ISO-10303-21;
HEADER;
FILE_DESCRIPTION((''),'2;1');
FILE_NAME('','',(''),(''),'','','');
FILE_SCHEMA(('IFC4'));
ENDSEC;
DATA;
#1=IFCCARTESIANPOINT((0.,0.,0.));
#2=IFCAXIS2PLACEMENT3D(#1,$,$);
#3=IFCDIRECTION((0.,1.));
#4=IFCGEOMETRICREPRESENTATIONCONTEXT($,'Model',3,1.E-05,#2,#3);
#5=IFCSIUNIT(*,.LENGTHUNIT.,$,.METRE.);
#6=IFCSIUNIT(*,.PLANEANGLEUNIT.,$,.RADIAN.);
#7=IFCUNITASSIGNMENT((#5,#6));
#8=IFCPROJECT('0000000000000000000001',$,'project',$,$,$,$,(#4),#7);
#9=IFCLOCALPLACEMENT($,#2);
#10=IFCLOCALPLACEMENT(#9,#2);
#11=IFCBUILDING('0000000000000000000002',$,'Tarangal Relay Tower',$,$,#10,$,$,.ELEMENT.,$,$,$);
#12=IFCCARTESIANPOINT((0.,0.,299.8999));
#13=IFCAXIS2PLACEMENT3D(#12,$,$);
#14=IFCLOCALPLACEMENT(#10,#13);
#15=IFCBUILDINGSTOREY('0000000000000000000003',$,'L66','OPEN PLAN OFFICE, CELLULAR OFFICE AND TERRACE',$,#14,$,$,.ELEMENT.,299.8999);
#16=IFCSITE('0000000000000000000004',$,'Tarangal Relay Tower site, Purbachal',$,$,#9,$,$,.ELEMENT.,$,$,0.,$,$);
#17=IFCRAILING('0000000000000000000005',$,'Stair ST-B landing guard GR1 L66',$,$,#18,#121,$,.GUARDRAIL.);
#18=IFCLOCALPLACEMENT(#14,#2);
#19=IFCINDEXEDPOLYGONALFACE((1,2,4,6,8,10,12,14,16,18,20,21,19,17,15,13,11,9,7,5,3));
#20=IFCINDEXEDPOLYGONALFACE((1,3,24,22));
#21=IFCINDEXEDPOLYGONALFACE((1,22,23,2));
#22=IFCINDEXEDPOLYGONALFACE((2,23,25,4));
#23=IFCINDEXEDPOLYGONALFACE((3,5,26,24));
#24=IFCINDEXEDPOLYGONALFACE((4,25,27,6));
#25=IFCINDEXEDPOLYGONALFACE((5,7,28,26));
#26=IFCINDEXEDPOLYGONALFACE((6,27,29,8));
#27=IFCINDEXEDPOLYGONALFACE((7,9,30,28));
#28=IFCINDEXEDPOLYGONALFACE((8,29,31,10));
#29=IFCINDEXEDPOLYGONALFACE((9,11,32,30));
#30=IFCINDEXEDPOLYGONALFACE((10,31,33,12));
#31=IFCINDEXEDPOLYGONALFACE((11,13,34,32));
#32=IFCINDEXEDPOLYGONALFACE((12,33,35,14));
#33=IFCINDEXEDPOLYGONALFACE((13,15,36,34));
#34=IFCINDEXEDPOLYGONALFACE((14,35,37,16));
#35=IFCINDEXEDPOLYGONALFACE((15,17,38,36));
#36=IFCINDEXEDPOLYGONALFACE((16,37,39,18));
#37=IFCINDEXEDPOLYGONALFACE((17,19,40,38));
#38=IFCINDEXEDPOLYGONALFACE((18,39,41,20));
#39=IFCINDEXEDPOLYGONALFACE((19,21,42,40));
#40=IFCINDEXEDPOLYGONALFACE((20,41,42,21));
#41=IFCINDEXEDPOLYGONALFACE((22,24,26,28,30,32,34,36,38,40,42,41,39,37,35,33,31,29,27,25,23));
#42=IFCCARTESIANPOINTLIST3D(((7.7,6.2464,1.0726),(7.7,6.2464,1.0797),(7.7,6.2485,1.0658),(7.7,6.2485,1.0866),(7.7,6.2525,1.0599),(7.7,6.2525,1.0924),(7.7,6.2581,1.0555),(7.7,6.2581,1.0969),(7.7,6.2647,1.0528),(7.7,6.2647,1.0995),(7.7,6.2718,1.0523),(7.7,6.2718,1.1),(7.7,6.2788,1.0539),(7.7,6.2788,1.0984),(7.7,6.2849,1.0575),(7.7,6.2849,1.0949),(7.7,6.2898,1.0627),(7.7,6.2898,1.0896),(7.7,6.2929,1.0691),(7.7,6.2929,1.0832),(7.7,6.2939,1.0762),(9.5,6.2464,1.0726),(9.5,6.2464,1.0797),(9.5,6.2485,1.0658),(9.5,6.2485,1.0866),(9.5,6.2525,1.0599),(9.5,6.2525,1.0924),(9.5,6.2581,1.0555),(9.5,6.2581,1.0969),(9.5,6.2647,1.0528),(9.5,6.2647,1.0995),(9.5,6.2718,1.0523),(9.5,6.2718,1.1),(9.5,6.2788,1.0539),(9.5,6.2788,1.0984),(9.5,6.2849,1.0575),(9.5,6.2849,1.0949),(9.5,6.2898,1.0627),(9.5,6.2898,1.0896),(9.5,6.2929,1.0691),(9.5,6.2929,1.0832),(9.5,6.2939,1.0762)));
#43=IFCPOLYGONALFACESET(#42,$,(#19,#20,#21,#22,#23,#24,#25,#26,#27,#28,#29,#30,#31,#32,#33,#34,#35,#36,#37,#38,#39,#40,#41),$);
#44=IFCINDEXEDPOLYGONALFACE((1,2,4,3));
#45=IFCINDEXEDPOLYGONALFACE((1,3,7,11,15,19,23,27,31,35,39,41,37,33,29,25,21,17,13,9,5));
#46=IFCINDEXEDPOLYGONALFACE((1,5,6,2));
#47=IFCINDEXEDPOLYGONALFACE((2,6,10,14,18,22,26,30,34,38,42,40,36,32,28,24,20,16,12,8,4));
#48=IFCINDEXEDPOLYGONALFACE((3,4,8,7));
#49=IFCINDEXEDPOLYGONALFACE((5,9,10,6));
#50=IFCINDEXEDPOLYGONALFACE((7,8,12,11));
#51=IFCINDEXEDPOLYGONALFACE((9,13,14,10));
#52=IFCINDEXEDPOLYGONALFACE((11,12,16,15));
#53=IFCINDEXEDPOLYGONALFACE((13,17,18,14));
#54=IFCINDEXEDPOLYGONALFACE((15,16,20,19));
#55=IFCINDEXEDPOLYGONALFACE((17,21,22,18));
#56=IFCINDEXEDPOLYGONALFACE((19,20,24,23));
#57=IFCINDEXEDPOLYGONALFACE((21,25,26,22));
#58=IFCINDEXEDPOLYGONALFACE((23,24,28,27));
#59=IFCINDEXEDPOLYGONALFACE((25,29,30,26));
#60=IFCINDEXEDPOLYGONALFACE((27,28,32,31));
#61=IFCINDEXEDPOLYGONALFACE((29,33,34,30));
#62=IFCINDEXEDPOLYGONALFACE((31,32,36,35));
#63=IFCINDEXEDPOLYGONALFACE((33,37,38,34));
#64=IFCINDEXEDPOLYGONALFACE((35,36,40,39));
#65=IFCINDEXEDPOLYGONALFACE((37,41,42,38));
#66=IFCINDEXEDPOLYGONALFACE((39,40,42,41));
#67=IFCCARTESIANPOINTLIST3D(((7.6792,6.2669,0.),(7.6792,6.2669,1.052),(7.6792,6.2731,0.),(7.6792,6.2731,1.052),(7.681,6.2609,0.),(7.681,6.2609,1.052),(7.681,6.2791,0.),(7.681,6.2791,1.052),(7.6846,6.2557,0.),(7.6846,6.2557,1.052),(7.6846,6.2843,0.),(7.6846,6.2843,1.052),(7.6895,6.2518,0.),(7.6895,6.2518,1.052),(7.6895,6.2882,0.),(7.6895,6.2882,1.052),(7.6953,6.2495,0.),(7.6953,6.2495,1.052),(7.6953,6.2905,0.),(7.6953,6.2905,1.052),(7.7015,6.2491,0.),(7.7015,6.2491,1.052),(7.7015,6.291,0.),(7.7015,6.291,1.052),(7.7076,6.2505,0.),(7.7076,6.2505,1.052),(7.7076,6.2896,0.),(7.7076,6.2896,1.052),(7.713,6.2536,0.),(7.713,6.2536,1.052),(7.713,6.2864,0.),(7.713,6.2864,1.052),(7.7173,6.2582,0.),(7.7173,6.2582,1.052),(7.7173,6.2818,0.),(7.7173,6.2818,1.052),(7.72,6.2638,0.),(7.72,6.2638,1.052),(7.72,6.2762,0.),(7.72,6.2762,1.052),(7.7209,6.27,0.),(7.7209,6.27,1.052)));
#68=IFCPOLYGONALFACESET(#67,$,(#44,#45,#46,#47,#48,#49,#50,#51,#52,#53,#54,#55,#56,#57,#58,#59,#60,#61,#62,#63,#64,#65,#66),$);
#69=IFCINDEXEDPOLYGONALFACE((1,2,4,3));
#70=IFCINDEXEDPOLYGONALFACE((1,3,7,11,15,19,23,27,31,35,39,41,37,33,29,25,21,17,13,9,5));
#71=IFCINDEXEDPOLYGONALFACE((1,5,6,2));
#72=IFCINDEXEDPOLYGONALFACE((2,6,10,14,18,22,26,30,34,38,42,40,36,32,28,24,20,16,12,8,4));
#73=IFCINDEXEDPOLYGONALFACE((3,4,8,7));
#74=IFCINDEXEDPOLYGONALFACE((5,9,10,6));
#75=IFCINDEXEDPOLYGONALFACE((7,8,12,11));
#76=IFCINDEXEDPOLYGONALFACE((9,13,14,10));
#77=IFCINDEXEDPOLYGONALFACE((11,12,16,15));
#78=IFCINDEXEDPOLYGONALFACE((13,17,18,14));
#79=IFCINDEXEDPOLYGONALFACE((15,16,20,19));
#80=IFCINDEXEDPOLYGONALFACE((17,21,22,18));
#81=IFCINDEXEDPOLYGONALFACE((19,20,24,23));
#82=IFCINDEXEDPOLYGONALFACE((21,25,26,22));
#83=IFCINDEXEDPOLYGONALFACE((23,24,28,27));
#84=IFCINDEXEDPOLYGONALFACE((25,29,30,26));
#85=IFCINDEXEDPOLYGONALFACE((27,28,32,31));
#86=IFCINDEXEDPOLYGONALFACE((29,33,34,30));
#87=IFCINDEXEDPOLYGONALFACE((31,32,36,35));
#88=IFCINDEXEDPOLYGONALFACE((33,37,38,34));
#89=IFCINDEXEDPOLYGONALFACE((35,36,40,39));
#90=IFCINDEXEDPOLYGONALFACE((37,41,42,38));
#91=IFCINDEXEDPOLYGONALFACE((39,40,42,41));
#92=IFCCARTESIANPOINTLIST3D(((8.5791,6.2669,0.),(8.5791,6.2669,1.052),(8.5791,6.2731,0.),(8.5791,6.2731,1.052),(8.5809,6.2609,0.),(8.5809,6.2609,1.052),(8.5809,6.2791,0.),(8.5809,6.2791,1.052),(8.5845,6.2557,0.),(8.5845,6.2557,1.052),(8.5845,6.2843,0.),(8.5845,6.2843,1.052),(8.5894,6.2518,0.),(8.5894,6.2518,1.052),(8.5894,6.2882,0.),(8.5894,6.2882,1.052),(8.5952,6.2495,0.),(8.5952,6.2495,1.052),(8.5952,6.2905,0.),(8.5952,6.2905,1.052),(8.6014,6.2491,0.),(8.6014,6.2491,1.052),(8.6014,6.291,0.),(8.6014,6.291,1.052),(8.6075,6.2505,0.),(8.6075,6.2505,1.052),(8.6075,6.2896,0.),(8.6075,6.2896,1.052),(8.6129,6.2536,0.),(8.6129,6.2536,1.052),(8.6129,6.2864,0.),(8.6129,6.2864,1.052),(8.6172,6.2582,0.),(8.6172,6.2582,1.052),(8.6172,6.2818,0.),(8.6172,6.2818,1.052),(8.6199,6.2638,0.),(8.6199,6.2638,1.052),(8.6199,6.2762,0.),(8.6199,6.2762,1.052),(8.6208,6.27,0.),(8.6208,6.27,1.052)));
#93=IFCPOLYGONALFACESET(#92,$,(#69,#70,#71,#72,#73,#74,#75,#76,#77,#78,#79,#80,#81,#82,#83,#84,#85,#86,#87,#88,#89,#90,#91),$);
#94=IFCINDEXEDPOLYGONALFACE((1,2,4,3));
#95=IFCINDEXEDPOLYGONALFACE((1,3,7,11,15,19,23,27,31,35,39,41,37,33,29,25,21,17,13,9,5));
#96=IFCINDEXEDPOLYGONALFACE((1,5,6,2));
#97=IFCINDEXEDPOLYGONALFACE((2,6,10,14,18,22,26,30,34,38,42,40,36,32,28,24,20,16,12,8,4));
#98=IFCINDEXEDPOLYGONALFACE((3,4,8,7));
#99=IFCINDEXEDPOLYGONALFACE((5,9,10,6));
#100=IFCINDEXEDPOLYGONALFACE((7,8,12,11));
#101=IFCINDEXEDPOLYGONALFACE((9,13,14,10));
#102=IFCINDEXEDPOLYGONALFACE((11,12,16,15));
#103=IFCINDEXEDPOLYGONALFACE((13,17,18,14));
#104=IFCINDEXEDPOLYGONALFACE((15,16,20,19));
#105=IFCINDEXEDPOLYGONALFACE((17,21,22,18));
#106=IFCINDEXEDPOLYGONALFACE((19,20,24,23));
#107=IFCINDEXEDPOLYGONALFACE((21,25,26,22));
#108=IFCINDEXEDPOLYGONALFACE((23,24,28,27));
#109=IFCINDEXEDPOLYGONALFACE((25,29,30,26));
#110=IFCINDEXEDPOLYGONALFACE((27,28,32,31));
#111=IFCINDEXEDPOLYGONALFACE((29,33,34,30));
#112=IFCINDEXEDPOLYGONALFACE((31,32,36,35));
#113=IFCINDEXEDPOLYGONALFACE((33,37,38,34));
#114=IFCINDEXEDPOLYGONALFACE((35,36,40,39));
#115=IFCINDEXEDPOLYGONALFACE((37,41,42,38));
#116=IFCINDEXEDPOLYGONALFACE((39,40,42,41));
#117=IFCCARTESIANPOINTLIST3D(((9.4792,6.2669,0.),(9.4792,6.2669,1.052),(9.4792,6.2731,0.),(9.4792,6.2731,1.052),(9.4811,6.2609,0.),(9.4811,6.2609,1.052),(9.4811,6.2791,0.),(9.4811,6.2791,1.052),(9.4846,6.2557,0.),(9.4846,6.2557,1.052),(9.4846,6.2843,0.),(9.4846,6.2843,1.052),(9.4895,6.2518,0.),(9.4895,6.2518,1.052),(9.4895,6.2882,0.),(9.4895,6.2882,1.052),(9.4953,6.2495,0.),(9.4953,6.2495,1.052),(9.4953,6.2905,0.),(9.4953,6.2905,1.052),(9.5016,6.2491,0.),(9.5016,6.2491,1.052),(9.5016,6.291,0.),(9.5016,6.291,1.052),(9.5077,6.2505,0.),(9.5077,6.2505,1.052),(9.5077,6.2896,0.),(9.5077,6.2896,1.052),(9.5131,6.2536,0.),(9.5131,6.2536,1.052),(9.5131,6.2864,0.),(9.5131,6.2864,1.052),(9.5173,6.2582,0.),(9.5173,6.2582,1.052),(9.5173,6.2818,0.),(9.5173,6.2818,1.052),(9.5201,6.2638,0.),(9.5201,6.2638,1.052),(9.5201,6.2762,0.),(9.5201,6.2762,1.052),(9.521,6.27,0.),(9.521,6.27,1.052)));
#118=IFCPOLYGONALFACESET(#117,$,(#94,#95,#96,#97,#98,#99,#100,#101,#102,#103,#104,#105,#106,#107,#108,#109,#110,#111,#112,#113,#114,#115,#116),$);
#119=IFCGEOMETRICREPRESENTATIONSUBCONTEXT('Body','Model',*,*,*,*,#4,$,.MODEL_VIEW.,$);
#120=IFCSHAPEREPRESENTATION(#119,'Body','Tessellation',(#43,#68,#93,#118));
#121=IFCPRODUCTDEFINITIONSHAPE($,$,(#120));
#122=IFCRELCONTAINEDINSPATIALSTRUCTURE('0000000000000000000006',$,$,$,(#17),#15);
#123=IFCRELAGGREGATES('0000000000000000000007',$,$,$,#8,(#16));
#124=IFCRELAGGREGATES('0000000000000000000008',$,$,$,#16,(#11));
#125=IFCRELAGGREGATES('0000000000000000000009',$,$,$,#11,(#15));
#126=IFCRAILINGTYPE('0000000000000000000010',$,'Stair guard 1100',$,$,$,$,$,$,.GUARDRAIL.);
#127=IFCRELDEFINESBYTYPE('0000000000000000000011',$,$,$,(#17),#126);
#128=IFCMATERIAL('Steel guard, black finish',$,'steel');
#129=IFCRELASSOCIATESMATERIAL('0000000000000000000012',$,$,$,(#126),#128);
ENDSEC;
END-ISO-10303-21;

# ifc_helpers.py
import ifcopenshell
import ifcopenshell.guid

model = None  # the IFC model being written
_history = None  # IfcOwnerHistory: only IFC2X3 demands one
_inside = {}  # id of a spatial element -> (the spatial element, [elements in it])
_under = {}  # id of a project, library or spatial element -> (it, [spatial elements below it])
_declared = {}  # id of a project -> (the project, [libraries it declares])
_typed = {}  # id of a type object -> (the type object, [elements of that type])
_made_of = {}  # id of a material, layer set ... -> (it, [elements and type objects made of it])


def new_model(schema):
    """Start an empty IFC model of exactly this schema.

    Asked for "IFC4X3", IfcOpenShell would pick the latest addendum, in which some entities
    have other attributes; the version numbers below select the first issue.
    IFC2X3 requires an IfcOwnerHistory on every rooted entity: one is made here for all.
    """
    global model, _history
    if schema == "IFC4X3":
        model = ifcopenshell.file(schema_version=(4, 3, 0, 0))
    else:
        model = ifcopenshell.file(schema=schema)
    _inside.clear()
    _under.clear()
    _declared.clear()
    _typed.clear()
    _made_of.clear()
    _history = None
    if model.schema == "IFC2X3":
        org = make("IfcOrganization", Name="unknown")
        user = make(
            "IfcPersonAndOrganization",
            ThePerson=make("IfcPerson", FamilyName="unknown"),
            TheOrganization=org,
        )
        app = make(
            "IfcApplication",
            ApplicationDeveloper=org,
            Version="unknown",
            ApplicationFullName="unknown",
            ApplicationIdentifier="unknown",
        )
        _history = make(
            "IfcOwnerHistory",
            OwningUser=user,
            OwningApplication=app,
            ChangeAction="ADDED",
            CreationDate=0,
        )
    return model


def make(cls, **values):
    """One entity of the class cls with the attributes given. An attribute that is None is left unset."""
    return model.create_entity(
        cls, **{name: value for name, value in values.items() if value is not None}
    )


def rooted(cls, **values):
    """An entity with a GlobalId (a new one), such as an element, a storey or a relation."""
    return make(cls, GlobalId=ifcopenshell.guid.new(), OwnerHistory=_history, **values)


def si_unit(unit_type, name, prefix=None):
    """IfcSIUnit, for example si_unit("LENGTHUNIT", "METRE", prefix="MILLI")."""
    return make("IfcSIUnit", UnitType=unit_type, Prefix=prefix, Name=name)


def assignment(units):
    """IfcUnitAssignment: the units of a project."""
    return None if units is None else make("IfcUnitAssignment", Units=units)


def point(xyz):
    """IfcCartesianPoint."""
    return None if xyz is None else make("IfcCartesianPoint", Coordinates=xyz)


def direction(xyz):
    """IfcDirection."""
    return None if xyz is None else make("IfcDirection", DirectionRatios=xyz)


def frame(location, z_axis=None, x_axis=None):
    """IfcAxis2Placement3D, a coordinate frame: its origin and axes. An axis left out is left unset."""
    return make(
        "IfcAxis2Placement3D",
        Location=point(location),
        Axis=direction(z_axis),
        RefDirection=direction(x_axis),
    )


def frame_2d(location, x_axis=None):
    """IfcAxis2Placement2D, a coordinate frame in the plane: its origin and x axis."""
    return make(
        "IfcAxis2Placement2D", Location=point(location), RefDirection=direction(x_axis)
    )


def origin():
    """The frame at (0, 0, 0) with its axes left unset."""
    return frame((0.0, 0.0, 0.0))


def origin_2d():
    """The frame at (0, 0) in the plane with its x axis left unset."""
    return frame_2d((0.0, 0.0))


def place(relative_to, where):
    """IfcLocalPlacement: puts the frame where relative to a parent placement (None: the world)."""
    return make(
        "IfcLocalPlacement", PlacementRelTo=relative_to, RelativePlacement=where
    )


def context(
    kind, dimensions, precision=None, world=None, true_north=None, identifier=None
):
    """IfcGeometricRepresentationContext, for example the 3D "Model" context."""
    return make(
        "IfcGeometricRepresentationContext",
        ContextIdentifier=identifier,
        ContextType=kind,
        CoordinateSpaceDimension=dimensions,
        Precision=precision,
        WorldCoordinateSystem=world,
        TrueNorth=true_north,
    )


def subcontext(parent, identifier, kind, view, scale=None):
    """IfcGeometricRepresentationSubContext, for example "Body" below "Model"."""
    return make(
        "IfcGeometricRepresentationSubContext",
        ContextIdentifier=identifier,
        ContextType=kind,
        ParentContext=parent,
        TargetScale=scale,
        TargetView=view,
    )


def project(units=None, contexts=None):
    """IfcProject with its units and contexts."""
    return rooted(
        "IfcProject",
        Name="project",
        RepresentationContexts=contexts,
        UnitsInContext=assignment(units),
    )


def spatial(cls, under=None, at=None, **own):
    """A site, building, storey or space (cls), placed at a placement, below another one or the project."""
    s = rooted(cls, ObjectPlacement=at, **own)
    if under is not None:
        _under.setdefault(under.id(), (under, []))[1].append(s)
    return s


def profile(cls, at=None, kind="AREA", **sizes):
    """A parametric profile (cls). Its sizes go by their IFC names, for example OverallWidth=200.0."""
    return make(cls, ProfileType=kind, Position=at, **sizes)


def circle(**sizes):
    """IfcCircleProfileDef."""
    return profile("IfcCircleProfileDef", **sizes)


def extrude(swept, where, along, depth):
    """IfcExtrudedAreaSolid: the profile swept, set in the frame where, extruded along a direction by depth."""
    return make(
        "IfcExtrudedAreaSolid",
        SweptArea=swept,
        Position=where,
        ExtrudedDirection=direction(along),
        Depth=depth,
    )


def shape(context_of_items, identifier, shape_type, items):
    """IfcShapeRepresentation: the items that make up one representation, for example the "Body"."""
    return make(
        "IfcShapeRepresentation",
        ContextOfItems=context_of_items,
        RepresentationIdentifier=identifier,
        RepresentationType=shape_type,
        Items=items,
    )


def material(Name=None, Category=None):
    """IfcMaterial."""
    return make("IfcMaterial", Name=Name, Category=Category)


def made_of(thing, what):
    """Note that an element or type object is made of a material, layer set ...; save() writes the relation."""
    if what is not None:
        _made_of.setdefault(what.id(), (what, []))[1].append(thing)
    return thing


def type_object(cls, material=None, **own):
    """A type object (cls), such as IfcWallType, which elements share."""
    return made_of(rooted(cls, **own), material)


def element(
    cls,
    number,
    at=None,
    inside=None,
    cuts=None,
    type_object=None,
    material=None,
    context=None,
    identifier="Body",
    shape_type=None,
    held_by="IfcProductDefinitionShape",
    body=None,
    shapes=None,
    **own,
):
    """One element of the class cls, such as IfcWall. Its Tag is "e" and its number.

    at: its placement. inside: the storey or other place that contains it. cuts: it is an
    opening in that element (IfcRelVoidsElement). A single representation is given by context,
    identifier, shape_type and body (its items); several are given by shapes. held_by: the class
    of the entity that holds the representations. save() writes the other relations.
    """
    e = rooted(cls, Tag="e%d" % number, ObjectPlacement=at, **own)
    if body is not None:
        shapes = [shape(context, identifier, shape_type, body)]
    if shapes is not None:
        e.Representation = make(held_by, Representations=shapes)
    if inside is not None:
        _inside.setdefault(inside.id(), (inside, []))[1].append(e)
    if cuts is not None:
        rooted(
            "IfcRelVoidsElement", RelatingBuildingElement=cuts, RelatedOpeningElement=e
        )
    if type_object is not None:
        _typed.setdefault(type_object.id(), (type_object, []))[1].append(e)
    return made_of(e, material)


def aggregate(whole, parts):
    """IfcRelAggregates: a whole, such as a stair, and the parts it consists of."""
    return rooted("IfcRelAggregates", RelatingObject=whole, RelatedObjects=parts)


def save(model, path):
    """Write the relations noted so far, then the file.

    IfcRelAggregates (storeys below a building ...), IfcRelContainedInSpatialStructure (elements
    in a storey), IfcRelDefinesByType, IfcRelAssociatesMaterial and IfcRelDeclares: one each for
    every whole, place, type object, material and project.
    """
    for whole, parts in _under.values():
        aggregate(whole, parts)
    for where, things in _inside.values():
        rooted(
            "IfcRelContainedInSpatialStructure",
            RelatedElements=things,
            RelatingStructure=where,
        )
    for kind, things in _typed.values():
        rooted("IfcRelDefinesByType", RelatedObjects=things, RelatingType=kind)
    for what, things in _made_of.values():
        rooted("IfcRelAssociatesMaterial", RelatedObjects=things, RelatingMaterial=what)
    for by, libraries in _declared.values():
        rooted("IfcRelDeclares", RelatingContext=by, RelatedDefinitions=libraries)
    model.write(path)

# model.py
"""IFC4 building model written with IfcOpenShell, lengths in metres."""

from ifc_helpers import new_model, si_unit, direction, frame, origin, origin_2d, place, context, subcontext, project, spatial, circle, extrude, material, type_object, element, save


model = new_model("IFC4")

# Units and contexts
model_context = context("Model", 3, precision=1e-05, world=origin(), true_north=direction((0.0, 1.0)))
body_context = subcontext(model_context, "Body", "Model", "MODEL_VIEW")
ifc_project = project(units=[si_unit("LENGTHUNIT", "METRE"), si_unit("PLANEANGLEUNIT", "RADIAN")], contexts=[model_context])

# Site, building, storey
site_placement = place(None, origin())
site = spatial("IfcSite", under=ifc_project, at=site_placement, Name="Tarangal Relay Tower site, Purbachal", CompositionType="ELEMENT", RefElevation=0.0)
building_placement = place(site_placement, origin())
building = spatial("IfcBuilding", under=site, at=building_placement, Name="Tarangal Relay Tower", CompositionType="ELEMENT")
storey_placement = place(building_placement, frame((0.0, 0.0, 299.8999)))
storey = spatial("IfcBuildingStorey", under=building, at=storey_placement, Name="L66", Description="OPEN PLAN OFFICE, CELLULAR OFFICE AND TERRACE", CompositionType="ELEMENT", Elevation=299.8999)

# Railing
ifc_material_1 = material(Name="Steel guard, black finish", Category="steel")
railing_type_1 = type_object("IfcRailingType", Name="Stair guard 1100", PredefinedType="GUARDRAIL", material=ifc_material_1)
railing_1_placement = place(storey_placement, frame((7.7, 6.27, 0.0)))
element("IfcRailing", 1, at=railing_1_placement, inside=storey, type_object=railing_type_1, Name="Stair ST-B landing guard GR1 L66", PredefinedType="GUARDRAIL", context=body_context, shape_type="SweptSolid", body=[
    extrude(circle(Radius=0.0239, at=origin_2d()), frame((0.0, 0.0, 1.0762), z_axis=(1.0, 0.0, 0.0), x_axis=(0.0, 1.0, 0.0)), (0.0, 0.0, 1.0), 1.8),
    extrude(circle(Radius=0.021, at=origin_2d()), origin(), (0.0, 0.0, 1.0), 1.052),
    extrude(circle(Radius=0.021, at=origin_2d()), frame((0.8999, 0.0, 0.0)), (0.0, 0.0, 1.0), 1.052),
    extrude(circle(Radius=0.021, at=origin_2d()), frame((1.8, 0.0, 0.0)), (0.0, 0.0, 1.0), 1.052),
])

save(model, "model.ifc")
